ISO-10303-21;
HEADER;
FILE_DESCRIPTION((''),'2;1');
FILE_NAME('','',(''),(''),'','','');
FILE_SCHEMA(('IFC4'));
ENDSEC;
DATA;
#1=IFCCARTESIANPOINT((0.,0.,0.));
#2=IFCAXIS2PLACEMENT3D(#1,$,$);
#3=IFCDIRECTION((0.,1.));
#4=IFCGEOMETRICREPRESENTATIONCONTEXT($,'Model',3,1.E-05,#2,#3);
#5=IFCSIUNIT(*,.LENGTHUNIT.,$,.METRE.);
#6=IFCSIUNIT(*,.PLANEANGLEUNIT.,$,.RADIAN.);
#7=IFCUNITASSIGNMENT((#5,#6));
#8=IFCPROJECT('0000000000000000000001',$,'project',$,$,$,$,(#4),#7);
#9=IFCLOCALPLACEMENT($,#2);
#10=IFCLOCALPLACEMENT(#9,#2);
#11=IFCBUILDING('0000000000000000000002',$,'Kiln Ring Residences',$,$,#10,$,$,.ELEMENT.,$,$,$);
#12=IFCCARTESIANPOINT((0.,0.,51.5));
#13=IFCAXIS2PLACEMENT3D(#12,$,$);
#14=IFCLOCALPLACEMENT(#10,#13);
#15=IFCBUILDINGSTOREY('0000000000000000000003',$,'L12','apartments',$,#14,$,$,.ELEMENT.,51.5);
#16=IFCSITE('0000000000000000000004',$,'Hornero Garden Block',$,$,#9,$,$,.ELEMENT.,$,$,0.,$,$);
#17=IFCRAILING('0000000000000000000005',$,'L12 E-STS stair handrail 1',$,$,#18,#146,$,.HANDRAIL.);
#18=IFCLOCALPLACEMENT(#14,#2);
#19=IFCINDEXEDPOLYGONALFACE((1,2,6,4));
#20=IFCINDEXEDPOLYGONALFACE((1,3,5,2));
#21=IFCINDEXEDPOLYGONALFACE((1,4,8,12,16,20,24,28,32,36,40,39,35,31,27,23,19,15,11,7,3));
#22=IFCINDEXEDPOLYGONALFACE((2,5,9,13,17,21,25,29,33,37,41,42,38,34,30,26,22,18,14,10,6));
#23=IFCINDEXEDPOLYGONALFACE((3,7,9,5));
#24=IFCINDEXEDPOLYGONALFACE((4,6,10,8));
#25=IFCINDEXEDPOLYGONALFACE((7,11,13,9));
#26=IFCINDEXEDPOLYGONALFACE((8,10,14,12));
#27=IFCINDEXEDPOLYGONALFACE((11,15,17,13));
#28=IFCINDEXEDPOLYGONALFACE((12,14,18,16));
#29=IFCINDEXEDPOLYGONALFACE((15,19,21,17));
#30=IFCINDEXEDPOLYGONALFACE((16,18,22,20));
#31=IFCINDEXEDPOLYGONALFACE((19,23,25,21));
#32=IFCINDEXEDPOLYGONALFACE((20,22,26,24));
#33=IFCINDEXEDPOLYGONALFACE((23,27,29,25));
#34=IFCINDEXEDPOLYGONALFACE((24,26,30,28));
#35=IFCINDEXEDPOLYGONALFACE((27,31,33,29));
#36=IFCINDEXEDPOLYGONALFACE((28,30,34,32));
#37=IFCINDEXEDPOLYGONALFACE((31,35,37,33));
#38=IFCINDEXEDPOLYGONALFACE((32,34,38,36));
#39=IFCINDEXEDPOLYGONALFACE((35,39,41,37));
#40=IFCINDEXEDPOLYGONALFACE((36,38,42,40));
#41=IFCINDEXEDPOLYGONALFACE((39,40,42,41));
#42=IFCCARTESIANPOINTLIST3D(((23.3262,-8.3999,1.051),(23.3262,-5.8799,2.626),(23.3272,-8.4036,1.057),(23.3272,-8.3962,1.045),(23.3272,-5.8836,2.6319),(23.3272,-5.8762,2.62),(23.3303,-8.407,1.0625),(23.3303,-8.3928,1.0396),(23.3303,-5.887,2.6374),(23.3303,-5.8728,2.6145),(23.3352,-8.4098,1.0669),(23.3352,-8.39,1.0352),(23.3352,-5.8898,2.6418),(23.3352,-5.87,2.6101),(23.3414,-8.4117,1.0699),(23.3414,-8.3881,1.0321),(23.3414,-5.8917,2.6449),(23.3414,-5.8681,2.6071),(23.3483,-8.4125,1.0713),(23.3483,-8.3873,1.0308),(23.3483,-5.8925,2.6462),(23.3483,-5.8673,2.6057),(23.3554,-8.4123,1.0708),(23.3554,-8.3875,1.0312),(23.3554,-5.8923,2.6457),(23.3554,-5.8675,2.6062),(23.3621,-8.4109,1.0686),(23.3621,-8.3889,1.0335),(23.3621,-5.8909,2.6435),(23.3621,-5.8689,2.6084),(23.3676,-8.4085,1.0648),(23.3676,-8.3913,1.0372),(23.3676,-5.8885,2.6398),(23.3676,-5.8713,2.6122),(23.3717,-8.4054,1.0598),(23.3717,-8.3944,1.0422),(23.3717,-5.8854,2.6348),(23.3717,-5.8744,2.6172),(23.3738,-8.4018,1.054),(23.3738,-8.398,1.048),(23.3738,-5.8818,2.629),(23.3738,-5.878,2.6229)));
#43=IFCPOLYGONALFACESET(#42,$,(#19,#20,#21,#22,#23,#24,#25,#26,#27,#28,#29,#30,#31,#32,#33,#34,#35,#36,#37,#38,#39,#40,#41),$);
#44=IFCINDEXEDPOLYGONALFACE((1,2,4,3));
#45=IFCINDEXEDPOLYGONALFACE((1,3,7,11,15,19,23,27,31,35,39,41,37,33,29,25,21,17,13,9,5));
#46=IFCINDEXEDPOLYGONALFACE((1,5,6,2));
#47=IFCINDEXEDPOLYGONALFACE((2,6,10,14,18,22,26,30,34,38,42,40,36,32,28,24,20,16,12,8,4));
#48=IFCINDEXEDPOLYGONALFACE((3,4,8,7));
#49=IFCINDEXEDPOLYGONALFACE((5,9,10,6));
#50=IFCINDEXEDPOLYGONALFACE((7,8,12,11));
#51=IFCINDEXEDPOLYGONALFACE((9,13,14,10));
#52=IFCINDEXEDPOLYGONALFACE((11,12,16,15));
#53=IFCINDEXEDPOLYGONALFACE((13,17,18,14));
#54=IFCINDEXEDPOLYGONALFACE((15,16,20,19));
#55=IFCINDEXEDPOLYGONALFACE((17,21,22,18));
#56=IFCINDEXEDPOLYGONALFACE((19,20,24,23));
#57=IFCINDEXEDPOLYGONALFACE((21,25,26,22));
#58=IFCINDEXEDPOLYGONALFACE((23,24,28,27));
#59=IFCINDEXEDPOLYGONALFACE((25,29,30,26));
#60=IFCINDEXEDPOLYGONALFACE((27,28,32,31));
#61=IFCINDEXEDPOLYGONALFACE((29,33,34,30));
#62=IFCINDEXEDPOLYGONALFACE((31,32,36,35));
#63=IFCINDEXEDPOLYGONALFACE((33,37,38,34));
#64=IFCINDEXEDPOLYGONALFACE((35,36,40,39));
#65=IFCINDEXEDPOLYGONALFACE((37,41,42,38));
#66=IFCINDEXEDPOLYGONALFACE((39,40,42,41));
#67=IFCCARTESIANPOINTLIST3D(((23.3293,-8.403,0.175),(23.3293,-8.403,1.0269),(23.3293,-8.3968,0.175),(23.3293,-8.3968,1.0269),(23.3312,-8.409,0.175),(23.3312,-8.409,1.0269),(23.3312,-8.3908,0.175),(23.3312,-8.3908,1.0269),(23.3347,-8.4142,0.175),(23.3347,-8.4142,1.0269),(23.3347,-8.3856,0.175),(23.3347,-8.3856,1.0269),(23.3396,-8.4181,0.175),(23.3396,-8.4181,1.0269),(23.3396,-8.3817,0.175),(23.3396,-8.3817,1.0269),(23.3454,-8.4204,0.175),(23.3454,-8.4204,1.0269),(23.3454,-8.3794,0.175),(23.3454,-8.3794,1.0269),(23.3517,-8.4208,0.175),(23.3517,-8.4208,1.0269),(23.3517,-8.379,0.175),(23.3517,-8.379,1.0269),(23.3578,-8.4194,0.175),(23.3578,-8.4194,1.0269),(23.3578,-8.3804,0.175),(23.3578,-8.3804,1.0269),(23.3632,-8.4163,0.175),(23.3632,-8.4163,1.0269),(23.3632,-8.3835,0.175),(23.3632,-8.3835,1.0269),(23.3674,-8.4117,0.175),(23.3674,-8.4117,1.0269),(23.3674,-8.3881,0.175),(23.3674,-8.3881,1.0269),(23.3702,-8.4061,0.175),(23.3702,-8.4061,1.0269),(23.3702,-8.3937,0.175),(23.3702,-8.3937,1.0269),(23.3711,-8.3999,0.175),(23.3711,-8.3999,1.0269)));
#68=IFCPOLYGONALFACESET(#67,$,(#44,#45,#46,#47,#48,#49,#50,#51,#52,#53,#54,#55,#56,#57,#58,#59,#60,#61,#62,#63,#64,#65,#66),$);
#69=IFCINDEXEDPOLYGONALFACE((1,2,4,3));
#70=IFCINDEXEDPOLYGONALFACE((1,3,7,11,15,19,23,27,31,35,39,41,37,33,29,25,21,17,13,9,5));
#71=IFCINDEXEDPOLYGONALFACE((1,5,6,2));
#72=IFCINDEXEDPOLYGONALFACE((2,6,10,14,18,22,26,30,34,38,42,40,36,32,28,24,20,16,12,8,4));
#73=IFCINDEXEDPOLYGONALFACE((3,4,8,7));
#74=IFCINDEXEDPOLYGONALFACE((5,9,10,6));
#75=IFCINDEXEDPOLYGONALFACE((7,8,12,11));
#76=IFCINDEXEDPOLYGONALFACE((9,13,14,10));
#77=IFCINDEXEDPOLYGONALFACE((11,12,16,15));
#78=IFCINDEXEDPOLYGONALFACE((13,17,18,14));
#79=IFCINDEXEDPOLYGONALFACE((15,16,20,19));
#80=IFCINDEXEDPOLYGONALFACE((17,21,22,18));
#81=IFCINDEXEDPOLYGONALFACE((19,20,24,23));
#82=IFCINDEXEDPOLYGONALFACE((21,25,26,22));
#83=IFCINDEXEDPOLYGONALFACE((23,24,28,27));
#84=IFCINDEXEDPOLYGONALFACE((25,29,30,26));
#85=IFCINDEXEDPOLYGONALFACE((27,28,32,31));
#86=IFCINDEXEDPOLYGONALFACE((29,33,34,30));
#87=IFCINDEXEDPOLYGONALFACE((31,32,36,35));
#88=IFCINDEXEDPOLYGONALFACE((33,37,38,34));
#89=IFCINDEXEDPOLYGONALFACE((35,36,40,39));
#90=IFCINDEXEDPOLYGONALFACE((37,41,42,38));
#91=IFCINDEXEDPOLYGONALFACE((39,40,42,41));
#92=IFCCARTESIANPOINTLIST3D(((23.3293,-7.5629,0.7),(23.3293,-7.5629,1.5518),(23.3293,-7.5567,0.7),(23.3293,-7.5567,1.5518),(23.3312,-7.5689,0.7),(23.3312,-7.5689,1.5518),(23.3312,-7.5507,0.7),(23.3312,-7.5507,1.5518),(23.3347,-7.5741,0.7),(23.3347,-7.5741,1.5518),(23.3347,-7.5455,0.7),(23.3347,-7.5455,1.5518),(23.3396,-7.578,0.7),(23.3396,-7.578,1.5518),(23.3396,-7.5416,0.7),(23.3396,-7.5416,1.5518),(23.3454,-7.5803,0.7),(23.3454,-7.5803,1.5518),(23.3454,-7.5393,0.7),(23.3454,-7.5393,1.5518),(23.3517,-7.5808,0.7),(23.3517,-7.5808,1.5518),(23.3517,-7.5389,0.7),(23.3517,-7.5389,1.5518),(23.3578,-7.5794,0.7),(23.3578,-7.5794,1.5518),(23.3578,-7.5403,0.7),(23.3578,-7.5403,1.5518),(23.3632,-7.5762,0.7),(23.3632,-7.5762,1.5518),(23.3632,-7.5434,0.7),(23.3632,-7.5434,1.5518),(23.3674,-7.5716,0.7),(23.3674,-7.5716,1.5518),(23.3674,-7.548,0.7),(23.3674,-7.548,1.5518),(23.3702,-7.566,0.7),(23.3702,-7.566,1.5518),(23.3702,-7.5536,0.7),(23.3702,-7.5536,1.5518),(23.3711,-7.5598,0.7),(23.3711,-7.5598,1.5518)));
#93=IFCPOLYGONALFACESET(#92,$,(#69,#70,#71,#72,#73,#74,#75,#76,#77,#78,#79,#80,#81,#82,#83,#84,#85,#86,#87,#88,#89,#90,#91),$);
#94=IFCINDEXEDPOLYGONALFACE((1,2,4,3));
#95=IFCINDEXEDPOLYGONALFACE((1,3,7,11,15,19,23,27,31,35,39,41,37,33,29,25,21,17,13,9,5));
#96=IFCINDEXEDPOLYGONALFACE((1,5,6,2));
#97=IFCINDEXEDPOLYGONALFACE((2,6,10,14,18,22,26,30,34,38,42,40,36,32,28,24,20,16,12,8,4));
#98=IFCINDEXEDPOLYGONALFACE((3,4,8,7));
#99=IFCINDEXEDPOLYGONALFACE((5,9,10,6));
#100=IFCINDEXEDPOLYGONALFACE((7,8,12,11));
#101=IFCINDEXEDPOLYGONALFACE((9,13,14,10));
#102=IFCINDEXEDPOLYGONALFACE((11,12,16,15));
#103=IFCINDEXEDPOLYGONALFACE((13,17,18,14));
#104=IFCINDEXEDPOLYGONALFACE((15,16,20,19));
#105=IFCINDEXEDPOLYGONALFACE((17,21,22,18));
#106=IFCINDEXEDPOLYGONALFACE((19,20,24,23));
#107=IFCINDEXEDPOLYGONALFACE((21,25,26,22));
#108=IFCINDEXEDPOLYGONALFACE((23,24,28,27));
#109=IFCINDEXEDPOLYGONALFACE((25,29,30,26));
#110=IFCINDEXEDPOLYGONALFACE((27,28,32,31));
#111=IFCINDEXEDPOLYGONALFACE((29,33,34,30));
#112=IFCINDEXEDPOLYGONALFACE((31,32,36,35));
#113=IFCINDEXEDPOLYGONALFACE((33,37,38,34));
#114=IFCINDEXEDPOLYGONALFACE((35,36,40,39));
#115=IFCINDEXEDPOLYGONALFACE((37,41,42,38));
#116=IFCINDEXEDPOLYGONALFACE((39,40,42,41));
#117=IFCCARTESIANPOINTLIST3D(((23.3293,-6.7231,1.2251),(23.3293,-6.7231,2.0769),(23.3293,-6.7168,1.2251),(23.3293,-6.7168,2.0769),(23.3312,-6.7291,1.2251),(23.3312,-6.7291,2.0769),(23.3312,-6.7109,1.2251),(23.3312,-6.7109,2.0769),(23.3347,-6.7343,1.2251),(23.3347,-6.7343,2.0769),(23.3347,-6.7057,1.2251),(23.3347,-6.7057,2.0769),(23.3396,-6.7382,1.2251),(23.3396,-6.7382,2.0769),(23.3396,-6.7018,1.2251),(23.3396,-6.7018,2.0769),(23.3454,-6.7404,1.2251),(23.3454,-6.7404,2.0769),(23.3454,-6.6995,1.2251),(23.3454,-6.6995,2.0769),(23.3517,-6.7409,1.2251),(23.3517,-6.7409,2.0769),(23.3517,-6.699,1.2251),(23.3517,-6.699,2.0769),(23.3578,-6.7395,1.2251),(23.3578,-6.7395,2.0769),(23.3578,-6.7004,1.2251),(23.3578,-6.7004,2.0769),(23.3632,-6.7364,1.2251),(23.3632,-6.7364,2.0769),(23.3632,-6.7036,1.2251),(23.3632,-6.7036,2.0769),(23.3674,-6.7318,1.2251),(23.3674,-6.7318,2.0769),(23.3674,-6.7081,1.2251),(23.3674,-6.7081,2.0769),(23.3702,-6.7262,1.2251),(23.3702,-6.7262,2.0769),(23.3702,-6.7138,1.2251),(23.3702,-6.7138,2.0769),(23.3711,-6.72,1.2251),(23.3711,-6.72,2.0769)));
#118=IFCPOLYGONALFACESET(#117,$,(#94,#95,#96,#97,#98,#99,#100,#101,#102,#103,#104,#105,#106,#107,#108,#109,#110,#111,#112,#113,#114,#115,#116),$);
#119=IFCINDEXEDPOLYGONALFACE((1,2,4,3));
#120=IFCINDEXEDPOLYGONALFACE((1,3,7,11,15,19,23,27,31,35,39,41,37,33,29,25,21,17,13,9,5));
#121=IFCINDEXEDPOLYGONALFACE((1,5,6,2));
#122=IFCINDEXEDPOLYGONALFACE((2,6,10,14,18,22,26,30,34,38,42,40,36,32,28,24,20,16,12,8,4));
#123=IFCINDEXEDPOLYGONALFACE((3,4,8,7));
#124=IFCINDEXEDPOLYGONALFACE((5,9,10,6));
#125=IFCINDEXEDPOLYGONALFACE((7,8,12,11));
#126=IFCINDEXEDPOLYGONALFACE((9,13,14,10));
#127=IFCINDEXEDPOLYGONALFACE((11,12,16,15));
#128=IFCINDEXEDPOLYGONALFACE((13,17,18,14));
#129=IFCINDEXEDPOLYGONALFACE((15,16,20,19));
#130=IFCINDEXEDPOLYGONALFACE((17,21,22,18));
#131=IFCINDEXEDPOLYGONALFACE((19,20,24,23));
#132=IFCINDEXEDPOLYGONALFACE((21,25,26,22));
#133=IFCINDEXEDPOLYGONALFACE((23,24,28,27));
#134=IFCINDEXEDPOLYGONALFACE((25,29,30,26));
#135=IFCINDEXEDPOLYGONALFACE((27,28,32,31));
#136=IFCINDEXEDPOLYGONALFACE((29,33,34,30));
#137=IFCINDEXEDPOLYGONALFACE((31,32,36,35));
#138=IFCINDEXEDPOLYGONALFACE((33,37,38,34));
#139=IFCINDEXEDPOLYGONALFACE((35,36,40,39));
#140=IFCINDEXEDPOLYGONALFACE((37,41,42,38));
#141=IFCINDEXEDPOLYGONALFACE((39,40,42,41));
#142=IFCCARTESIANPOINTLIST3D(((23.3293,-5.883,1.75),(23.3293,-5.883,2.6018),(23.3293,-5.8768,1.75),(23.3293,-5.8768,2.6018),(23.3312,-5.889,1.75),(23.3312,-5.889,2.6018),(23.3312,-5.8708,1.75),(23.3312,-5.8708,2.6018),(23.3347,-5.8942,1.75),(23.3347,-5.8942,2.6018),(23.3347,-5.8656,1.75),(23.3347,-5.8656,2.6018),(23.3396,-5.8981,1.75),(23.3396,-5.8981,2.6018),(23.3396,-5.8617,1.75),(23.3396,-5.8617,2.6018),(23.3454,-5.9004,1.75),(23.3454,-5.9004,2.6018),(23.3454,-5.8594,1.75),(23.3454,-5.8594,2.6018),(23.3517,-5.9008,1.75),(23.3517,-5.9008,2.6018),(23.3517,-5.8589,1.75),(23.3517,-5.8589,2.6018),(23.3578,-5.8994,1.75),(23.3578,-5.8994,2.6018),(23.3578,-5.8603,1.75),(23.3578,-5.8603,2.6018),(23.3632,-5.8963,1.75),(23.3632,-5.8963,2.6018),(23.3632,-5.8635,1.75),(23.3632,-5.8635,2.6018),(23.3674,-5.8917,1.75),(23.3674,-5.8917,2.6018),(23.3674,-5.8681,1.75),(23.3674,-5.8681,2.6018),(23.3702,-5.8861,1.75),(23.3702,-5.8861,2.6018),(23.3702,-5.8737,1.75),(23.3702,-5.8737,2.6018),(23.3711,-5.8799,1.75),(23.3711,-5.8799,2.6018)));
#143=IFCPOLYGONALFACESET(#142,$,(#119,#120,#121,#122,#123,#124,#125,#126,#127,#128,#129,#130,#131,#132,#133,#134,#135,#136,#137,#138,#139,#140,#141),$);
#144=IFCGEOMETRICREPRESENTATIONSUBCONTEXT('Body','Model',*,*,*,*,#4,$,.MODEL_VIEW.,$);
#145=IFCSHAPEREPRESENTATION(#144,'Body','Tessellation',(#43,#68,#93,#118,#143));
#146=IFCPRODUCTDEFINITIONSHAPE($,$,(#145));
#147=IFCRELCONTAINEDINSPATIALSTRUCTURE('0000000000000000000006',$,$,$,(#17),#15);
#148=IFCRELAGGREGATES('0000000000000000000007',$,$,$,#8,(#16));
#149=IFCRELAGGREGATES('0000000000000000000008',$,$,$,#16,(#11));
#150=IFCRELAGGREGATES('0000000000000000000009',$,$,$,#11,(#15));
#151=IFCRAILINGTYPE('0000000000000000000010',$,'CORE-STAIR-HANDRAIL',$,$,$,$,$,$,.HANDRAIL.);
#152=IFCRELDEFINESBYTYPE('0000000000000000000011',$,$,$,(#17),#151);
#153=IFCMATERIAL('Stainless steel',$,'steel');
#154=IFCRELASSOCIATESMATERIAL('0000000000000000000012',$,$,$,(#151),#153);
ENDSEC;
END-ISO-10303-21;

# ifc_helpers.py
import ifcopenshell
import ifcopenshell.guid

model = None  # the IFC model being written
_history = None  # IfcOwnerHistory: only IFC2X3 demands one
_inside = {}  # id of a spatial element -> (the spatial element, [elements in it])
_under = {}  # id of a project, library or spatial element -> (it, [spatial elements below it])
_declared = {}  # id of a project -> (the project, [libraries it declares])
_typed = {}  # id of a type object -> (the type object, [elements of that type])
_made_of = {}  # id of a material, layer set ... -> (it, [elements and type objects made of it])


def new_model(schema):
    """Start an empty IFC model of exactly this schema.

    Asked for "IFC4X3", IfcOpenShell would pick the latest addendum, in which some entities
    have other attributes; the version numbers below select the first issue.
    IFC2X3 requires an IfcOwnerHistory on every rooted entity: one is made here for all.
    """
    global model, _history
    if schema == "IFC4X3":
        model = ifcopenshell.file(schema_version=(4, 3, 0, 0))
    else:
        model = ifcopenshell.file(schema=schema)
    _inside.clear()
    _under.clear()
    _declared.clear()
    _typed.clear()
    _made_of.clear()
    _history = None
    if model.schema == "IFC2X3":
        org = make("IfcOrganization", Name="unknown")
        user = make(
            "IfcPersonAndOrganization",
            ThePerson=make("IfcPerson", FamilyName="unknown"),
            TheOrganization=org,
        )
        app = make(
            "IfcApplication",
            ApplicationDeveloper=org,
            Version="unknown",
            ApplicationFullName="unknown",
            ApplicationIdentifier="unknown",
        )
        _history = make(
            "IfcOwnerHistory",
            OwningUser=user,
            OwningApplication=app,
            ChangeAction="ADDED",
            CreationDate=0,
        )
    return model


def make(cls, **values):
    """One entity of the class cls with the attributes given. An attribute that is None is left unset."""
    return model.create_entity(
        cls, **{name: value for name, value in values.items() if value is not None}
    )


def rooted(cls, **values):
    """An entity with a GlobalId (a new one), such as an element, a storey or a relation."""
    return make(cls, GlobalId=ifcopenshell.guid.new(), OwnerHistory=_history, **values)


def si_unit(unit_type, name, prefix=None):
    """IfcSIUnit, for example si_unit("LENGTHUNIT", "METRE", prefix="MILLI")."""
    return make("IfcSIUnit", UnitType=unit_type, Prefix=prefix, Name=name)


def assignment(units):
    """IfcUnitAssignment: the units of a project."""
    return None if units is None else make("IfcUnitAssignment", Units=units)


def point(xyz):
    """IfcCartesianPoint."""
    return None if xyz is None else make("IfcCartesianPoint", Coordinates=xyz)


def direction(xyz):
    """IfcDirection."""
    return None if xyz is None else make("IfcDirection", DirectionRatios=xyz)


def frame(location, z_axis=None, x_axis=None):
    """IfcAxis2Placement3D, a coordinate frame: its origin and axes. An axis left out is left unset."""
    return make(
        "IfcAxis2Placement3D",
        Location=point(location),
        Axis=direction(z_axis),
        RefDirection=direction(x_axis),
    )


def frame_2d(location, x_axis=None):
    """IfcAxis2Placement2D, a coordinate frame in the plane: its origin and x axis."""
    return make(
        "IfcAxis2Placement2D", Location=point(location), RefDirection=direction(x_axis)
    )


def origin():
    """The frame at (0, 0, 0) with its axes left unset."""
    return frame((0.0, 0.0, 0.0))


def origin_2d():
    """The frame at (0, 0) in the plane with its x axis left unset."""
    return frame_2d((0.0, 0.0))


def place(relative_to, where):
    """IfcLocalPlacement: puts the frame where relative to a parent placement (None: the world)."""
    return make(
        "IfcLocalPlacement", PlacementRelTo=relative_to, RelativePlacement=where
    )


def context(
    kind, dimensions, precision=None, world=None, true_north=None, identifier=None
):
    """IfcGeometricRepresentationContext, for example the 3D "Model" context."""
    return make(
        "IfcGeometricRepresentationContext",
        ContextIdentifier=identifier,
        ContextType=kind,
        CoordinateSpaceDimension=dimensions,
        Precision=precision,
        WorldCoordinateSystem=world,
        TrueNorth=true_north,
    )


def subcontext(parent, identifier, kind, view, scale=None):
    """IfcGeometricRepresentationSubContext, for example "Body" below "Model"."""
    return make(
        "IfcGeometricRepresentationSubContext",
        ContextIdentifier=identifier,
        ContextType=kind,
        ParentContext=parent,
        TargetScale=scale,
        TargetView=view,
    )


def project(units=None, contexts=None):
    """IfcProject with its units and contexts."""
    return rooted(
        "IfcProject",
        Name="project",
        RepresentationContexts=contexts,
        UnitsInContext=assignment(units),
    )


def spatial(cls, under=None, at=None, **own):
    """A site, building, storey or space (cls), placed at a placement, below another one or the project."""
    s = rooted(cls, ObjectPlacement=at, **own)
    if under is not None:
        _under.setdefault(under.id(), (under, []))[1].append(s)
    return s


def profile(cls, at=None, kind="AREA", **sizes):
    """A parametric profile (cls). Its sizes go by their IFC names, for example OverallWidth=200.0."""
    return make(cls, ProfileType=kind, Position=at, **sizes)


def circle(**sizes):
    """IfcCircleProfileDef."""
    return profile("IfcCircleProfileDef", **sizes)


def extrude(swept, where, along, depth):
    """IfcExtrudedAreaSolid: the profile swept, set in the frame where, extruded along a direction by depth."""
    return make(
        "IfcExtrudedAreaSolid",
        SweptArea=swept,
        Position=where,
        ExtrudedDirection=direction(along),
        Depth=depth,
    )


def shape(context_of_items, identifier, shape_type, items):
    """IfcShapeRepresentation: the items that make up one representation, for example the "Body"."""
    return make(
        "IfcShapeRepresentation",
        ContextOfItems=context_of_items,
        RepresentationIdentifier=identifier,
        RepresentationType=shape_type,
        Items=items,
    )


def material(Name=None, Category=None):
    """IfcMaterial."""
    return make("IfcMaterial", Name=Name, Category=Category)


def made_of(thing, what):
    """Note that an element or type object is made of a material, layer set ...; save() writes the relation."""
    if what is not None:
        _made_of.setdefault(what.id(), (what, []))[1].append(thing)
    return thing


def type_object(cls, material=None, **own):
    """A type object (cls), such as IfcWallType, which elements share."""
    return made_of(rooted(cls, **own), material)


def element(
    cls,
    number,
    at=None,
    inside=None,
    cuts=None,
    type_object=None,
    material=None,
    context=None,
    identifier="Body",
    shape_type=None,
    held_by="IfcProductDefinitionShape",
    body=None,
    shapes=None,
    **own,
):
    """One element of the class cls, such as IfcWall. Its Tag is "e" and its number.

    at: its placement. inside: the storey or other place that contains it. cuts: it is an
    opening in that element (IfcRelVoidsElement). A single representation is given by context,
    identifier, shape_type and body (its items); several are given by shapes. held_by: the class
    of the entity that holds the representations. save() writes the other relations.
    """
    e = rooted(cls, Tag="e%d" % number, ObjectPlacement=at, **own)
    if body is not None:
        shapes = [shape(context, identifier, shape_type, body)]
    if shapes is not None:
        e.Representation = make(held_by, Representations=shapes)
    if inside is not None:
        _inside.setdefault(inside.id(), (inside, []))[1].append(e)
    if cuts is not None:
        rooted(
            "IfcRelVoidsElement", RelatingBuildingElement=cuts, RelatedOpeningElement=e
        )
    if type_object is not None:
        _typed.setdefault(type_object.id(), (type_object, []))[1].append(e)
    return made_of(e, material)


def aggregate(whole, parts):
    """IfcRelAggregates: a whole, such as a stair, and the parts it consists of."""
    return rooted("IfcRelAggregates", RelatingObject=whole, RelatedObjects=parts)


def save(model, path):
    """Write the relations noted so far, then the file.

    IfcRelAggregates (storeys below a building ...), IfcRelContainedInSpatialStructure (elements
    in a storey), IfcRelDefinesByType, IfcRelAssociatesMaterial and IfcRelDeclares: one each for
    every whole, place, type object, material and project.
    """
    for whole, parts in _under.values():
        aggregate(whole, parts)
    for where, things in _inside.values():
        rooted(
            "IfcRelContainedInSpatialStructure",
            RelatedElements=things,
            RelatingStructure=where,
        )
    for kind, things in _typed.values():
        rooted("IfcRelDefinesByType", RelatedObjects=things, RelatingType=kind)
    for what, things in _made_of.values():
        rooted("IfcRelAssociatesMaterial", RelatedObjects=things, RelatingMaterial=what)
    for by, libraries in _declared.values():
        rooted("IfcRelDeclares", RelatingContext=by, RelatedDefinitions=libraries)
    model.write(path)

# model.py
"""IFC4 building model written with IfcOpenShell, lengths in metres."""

from ifc_helpers import new_model, si_unit, direction, frame, origin, origin_2d, place, context, subcontext, project, spatial, circle, extrude, material, type_object, element, save


model = new_model("IFC4")

# Units and contexts
model_context = context("Model", 3, precision=1e-05, world=origin(), true_north=direction((0.0, 1.0)))
body_context = subcontext(model_context, "Body", "Model", "MODEL_VIEW")
ifc_project = project(units=[si_unit("LENGTHUNIT", "METRE"), si_unit("PLANEANGLEUNIT", "RADIAN")], contexts=[model_context])

# Site, building, storey
site_placement = place(None, origin())
site = spatial("IfcSite", under=ifc_project, at=site_placement, Name="Hornero Garden Block", CompositionType="ELEMENT", RefElevation=0.0)
building_placement = place(site_placement, origin())
building = spatial("IfcBuilding", under=site, at=building_placement, Name="Kiln Ring Residences", CompositionType="ELEMENT")
storey_placement = place(building_placement, frame((0.0, 0.0, 51.5)))
storey = spatial("IfcBuildingStorey", under=building, at=storey_placement, Name="L12", Description="apartments", CompositionType="ELEMENT", Elevation=51.5)

# Railing
ifc_material_1 = material(Name="Stainless steel", Category="steel")
railing_type_1 = type_object("IfcRailingType", Name="CORE-STAIR-HANDRAIL", PredefinedType="HANDRAIL", material=ifc_material_1)
railing_1_placement = place(storey_placement, frame((23.3501, -8.3999, 0.175)))
element("IfcRailing", 1, at=railing_1_placement, inside=storey, type_object=railing_type_1, Name="L12 E-STS stair handrail 1", PredefinedType="HANDRAIL", context=body_context, shape_type="SweptSolid", body=[
    extrude(circle(Radius=0.0239, at=origin_2d()), frame((0.0, 0.0, 0.876), z_axis=(0.0, 0.848008, 0.529984), x_axis=(-1.0, 0.0, 0.0)), (0.0, 0.0, 1.0), 2.9717),
    extrude(circle(Radius=0.021, at=origin_2d()), origin(), (0.0, 0.0, 1.0), 0.8518),
    extrude(circle(Radius=0.021, at=origin_2d()), frame((0.0, 0.8401, 0.5249)), (0.0, 0.0, 1.0), 0.8518),
    extrude(circle(Radius=0.021, at=origin_2d()), frame((0.0, 1.6799, 1.05)), (0.0, 0.0, 1.0), 0.8518),
    extrude(circle(Radius=0.021, at=origin_2d()), frame((0.0, 2.52, 1.575)), (0.0, 0.0, 1.0), 0.8518),
])

save(model, "model.ifc")
